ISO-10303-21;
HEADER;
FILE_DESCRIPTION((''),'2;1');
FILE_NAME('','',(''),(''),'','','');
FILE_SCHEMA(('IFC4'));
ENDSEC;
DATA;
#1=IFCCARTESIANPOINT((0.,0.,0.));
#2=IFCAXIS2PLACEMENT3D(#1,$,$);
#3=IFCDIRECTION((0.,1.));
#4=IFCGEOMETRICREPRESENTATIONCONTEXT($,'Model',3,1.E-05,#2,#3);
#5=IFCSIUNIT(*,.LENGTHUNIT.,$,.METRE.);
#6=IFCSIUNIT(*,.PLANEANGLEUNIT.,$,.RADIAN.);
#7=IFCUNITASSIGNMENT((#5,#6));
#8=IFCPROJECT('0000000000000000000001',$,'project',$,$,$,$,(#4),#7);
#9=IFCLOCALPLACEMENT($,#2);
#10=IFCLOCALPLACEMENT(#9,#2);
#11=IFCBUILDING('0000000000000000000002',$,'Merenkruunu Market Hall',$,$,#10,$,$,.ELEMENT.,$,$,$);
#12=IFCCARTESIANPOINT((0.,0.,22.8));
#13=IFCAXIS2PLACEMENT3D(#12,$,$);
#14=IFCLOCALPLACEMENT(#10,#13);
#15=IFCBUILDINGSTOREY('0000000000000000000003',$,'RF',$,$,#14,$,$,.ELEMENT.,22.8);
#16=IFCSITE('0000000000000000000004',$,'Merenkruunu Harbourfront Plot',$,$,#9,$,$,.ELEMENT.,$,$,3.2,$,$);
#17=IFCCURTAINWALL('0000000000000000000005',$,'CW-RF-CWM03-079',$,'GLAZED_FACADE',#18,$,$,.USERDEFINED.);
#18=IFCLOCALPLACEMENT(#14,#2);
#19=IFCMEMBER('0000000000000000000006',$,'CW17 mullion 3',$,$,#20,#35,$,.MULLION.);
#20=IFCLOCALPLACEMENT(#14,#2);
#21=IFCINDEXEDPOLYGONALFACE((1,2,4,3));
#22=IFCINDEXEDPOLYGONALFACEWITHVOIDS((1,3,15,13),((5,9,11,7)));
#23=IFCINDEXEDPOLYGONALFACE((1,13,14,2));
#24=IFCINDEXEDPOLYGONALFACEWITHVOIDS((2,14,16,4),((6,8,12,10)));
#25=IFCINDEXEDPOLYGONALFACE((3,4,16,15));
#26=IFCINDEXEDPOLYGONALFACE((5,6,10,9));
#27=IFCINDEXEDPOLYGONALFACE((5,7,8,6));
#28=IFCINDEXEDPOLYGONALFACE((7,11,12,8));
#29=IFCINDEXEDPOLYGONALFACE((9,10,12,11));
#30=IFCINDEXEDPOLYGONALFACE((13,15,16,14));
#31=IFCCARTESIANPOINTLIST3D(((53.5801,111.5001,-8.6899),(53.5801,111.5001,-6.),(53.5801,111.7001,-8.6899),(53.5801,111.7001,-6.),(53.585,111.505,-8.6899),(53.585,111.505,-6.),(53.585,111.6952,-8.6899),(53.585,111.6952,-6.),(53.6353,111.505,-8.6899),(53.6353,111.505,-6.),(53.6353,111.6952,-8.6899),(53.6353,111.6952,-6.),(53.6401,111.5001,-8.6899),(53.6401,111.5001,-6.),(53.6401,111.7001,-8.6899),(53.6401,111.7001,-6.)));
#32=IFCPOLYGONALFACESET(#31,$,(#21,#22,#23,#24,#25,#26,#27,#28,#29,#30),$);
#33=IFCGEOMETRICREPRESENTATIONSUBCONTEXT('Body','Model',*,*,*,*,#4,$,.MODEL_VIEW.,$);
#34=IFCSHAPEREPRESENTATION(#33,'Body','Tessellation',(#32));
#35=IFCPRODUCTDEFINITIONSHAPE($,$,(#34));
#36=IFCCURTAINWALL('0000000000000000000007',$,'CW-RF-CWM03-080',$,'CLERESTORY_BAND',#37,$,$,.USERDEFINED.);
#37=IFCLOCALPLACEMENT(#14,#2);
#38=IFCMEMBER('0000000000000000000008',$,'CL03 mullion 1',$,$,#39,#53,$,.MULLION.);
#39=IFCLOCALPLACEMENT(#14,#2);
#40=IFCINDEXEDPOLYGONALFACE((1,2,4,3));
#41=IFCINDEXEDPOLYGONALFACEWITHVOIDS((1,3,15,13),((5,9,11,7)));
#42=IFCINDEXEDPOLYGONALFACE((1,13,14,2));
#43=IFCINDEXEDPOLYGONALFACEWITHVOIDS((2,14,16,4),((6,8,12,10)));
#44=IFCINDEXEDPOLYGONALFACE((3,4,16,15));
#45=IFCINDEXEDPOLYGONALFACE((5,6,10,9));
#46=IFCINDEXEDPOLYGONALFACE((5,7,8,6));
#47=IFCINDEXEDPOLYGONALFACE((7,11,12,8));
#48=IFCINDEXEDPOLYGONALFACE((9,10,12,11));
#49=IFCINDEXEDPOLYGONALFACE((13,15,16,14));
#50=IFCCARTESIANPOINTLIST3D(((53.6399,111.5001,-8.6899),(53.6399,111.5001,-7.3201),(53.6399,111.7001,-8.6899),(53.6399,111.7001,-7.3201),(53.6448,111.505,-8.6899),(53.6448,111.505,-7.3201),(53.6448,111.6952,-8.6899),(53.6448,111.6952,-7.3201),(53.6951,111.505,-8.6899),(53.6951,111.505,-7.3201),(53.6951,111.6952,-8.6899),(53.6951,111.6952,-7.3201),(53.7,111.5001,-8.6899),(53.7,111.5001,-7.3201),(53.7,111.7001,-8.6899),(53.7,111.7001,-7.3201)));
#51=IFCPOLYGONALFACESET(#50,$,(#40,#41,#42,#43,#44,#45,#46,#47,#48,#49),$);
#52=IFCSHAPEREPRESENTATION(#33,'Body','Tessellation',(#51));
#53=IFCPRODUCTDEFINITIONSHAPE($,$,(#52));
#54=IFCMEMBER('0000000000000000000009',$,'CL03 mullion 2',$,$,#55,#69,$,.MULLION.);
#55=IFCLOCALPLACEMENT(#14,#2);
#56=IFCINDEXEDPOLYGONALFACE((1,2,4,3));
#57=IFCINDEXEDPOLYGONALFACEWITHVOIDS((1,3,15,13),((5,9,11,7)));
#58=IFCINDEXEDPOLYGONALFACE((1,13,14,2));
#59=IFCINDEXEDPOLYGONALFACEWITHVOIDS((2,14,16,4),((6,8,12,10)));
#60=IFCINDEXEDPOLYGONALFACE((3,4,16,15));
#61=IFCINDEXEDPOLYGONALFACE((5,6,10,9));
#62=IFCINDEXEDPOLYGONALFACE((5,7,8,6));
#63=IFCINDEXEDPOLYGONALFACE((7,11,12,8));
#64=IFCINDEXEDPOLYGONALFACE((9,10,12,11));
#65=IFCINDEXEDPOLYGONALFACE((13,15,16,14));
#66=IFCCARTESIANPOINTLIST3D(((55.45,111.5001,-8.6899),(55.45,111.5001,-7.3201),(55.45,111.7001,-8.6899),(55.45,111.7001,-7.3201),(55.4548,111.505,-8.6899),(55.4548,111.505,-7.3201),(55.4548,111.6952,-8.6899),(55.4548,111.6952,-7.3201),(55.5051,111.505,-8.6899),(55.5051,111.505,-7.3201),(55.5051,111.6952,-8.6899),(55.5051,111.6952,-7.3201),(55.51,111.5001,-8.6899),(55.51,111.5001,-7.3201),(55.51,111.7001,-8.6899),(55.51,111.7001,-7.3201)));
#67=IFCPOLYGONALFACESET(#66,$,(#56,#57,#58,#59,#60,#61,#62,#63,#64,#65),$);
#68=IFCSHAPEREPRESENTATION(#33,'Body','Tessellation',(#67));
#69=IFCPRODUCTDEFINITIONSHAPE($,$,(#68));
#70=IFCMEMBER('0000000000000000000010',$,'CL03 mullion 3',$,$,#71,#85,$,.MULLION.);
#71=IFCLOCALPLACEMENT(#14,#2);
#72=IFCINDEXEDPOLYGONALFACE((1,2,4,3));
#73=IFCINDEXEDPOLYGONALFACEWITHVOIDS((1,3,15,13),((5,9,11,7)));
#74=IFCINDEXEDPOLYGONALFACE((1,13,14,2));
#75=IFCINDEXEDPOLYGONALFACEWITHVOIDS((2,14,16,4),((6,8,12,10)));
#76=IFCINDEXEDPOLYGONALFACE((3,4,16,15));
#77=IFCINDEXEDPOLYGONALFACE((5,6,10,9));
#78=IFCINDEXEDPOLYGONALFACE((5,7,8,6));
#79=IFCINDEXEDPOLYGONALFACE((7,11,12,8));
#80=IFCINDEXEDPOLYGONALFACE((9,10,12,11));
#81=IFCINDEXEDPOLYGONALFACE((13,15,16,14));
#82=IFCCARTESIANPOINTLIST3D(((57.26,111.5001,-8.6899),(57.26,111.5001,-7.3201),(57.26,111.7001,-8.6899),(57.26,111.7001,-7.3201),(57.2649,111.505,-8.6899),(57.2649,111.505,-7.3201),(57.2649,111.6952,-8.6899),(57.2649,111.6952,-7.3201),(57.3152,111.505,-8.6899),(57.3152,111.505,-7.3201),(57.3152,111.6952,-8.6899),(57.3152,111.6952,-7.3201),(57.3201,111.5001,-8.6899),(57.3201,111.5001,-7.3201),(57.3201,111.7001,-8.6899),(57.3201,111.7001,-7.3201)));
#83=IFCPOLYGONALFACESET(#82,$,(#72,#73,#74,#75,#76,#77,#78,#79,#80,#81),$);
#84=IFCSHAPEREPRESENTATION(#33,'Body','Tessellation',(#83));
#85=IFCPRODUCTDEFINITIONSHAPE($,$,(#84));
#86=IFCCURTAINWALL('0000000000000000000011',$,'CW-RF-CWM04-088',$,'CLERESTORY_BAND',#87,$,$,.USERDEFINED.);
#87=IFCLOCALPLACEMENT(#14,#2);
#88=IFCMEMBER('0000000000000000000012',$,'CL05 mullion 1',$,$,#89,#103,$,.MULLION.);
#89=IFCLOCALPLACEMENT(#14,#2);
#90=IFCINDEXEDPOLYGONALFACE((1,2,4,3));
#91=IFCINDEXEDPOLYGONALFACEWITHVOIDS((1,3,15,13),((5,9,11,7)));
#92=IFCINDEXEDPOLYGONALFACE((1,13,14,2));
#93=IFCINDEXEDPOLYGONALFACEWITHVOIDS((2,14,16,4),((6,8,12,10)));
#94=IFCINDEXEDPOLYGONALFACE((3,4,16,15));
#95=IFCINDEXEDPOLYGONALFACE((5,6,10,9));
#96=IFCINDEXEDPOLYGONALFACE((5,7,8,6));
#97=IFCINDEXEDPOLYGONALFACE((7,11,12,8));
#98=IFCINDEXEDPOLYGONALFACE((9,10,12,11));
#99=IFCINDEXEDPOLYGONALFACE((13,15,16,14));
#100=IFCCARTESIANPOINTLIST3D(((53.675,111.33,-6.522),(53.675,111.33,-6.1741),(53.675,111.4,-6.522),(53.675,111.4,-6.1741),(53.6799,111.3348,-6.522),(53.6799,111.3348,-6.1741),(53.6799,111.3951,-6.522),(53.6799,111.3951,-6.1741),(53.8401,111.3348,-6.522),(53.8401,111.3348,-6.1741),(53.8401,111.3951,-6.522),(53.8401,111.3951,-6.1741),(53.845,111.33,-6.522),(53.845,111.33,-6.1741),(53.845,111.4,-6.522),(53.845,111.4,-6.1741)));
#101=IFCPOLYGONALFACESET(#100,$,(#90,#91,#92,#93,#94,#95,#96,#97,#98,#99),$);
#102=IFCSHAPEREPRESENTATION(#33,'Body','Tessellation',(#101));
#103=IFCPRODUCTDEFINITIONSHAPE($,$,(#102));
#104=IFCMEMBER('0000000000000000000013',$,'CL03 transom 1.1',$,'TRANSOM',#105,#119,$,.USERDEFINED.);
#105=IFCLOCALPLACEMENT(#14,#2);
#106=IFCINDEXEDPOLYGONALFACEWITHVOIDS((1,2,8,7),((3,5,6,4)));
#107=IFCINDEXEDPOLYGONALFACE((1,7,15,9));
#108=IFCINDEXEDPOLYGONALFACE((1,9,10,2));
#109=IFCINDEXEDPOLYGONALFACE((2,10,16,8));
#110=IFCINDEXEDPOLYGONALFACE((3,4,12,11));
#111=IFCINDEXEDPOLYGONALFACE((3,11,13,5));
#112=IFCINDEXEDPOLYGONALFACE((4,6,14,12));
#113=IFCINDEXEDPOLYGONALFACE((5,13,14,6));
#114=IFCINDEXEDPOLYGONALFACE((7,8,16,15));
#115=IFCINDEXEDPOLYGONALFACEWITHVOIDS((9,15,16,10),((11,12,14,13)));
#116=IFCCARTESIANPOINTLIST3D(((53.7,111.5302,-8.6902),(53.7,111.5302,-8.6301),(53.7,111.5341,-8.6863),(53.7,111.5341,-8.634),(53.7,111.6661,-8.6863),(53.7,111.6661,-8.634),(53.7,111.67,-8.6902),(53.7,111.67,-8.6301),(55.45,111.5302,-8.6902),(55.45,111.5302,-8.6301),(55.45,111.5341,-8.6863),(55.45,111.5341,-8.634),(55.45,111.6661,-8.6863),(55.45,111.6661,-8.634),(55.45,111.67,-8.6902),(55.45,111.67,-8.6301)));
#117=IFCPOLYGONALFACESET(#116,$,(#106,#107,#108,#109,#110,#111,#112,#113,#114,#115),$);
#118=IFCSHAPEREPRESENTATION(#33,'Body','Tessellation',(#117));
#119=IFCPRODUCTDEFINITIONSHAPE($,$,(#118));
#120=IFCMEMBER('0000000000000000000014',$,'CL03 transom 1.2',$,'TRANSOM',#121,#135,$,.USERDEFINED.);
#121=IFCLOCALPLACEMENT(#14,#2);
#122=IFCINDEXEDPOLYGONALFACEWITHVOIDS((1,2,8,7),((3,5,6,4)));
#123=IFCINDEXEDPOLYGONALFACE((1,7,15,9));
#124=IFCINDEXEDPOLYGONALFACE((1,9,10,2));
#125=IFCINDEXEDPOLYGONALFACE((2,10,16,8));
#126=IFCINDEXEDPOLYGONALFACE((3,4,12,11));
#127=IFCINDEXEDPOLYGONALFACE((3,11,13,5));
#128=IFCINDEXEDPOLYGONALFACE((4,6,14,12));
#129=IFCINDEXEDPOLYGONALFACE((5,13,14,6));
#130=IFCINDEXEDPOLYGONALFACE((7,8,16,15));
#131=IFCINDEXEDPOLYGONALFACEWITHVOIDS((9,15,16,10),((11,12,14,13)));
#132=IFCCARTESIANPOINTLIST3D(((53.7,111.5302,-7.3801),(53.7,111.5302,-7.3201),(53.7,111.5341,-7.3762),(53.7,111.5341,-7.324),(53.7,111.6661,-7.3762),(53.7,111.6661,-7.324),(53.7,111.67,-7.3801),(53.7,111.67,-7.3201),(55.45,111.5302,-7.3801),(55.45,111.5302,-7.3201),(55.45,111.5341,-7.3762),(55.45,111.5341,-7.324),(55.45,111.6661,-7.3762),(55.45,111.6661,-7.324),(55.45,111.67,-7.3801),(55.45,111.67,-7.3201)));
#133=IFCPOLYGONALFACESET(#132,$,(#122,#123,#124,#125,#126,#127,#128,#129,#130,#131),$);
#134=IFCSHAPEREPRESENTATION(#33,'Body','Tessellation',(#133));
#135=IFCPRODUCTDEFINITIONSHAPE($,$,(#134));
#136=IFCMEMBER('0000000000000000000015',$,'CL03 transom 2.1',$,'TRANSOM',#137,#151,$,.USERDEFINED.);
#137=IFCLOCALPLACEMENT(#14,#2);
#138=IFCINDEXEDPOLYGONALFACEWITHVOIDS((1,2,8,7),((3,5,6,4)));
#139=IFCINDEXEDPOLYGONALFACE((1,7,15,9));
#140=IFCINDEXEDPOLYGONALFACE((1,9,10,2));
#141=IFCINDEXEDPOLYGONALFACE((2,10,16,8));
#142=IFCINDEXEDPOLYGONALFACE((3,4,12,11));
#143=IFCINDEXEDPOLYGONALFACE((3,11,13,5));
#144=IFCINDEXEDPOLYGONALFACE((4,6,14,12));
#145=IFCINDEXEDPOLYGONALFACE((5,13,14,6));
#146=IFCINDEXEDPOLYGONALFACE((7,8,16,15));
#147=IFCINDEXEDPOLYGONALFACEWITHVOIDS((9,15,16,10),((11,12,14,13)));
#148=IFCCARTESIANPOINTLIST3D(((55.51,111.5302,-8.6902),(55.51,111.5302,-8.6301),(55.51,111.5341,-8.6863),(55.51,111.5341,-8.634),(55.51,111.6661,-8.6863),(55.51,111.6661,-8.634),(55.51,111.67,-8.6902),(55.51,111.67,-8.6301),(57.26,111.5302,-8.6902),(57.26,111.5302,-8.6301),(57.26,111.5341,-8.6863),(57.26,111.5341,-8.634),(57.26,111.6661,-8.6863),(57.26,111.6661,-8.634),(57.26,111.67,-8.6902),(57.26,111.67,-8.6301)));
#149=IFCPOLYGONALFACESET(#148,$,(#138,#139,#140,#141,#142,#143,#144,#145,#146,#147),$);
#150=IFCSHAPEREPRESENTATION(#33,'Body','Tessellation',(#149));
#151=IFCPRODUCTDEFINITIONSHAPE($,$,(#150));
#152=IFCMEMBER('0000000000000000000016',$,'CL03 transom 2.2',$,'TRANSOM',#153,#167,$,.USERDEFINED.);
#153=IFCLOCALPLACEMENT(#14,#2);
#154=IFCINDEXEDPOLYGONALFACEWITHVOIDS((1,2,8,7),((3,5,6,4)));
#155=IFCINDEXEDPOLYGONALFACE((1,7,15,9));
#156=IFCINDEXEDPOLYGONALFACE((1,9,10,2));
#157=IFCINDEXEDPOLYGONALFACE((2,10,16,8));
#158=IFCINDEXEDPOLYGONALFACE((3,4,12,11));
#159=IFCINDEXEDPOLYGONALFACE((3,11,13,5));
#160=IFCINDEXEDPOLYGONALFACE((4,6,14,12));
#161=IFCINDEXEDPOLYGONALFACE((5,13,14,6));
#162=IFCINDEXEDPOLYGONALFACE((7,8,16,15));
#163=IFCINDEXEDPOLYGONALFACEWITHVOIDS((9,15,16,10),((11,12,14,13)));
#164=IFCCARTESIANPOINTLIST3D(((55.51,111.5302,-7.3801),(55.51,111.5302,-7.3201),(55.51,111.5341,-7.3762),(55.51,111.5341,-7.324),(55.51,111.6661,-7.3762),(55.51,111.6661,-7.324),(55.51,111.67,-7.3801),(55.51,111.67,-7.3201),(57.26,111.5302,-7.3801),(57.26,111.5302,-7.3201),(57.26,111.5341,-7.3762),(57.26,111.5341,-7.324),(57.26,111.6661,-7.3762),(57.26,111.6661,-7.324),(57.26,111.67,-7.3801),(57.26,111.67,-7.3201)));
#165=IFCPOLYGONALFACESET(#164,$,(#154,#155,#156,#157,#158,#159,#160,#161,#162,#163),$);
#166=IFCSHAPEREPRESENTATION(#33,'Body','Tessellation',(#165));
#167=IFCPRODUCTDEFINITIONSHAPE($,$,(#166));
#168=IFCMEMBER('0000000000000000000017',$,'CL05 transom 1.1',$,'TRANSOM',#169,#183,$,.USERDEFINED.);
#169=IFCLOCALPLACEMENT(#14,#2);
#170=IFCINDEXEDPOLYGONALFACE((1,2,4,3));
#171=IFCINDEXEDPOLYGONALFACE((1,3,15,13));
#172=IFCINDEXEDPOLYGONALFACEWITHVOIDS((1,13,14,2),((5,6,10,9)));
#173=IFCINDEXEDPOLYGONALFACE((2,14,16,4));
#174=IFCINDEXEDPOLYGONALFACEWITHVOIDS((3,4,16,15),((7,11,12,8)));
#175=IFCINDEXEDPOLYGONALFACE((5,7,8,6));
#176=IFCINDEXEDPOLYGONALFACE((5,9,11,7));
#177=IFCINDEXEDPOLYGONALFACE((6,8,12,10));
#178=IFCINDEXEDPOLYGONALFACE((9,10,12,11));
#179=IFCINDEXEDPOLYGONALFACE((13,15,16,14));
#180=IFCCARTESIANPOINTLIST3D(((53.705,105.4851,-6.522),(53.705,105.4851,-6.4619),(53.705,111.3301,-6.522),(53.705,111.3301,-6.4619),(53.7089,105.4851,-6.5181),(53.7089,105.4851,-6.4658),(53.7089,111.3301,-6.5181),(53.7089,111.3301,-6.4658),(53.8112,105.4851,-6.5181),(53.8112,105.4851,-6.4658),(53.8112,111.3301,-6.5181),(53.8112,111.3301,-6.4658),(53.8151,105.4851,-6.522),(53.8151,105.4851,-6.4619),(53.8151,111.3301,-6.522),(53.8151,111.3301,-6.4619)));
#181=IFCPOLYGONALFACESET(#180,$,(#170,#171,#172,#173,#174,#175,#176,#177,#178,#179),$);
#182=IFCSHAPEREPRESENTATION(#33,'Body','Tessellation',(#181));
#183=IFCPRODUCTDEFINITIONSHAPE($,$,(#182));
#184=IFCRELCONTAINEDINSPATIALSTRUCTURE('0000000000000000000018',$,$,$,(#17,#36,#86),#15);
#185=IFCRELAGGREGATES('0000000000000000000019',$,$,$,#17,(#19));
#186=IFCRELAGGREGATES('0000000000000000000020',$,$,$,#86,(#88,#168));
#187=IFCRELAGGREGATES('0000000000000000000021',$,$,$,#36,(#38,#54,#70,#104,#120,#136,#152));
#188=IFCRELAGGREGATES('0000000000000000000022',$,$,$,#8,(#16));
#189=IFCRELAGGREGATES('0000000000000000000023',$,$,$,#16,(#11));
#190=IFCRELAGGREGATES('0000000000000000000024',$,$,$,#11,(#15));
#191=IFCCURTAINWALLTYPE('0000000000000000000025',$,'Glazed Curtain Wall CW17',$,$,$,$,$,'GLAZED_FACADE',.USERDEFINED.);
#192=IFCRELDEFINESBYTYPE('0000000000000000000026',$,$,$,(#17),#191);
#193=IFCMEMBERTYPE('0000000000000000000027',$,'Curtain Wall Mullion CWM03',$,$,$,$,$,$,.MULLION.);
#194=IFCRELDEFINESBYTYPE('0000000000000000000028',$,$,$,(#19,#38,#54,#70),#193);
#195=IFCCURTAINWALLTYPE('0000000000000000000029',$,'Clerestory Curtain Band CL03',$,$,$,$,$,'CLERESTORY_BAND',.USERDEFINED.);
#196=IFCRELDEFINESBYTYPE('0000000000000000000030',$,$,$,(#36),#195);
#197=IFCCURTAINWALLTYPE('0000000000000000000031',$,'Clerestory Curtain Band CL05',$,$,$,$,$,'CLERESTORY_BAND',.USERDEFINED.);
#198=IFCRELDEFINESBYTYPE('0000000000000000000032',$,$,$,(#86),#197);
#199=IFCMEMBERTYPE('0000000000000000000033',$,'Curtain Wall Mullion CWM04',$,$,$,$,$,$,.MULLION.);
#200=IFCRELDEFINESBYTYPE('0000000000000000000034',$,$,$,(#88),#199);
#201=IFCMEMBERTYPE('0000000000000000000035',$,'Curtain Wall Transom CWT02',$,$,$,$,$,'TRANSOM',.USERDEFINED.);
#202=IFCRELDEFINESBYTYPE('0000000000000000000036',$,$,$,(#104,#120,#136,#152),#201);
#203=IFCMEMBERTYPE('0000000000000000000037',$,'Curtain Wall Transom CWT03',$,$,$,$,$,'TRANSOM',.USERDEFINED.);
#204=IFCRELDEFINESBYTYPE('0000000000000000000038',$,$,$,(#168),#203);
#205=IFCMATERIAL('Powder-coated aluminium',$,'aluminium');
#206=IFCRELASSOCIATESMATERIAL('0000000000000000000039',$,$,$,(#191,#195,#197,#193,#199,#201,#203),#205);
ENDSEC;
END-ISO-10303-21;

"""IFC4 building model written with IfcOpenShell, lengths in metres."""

from ifc_helpers import new_model, si_unit, direction, frame, origin, origin_2d, place, context, subcontext, project, spatial, hollow_rectangle, extrude, material, material_profile, profile_set, type_object, element, aggregate, save


model = new_model("IFC4")

# Units and contexts
model_context = context("Model", 3, precision=1e-05, world=origin(), true_north=direction((0.0, 1.0)))
body_context = subcontext(model_context, "Body", "Model", "MODEL_VIEW")
ifc_project = project(units=[si_unit("LENGTHUNIT", "METRE"), si_unit("PLANEANGLEUNIT", "RADIAN")], contexts=[model_context])

# Site, building, storey
site_placement = place(None, origin())
site = spatial("IfcSite", under=ifc_project, at=site_placement, Name="Merenkruunu Harbourfront Plot", CompositionType="ELEMENT", RefElevation=3.2)
building_placement = place(site_placement, origin())
building = spatial("IfcBuilding", under=site, at=building_placement, Name="Merenkruunu Market Hall", CompositionType="ELEMENT")
storey_placement = place(building_placement, frame((0.0, 0.0, 22.8)))
storey = spatial("IfcBuildingStorey", under=building, at=storey_placement, Name="RF", CompositionType="ELEMENT", Elevation=22.8)

# Curtain wall, member
ifc_material_1 = material(Name="Powder-coated aluminium", Category="aluminium")
curtain_wall_type_1 = type_object("IfcCurtainWallType", Name="Glazed Curtain Wall CW17", ElementType="GLAZED_FACADE", PredefinedType="USERDEFINED", material=ifc_material_1)
curtain_wall_1_placement = place(storey_placement, origin())
curtain_wall_1 = element("IfcCurtainWall", 1, at=curtain_wall_1_placement, inside=storey, type_object=curtain_wall_type_1, Name="CW-RF-CWM03-079", ObjectType="GLAZED_FACADE", PredefinedType="USERDEFINED")
ifc_material_profile_1 = material_profile(ifc_material_1, hollow_rectangle(XDim=0.0601, YDim=0.2, WallThickness=0.0049, at=origin_2d()), Name="ALU 60x200x5")
ifc_profile_set_1 = profile_set([ifc_material_profile_1], Name="Powder-coated aluminium")
member_type_1 = type_object("IfcMemberType", Name="Curtain Wall Mullion CWM03", PredefinedType="MULLION", material=ifc_profile_set_1)
member_1_placement = place(storey_placement, frame((53.6101, 111.6001, -8.6899), z_axis=(0.0, 0.0, 1.0), x_axis=(1.0, 0.0, 0.0)))
member_1 = element("IfcMember", 2, at=member_1_placement, type_object=member_type_1, Name="CW17 mullion 3", PredefinedType="MULLION", context=body_context, shape_type="SweptSolid", body=[
    extrude(hollow_rectangle(XDim=0.0601, YDim=0.2, WallThickness=0.0049, at=origin_2d()), origin(), (0.0, 0.0, 1.0), 2.6899),
])
aggregate(curtain_wall_1, [member_1])

# Curtain wall, members
curtain_wall_type_2 = type_object("IfcCurtainWallType", Name="Clerestory Curtain Band CL03", ElementType="CLERESTORY_BAND", PredefinedType="USERDEFINED", material=ifc_material_1)
curtain_wall_2_placement = place(storey_placement, origin())
curtain_wall_2 = element("IfcCurtainWall", 3, at=curtain_wall_2_placement, inside=storey, type_object=curtain_wall_type_2, Name="CW-RF-CWM03-080", ObjectType="CLERESTORY_BAND", PredefinedType="USERDEFINED")
member_2_placement = place(storey_placement, frame((53.6699, 111.6001, -8.6899), z_axis=(0.0, 0.0, 1.0), x_axis=(1.0, 0.0, 0.0)))
member_2 = element("IfcMember", 4, at=member_2_placement, type_object=member_type_1, Name="CL03 mullion 1", PredefinedType="MULLION", context=body_context, shape_type="SweptSolid", body=[
    extrude(hollow_rectangle(XDim=0.0601, YDim=0.2, WallThickness=0.0049, at=origin_2d()), origin(), (0.0, 0.0, 1.0), 1.3699),
])
member_3_placement = place(storey_placement, frame((55.48, 111.6001, -8.6899), z_axis=(0.0, 0.0, 1.0), x_axis=(1.0, 0.0, 0.0)))
member_3 = element("IfcMember", 5, at=member_3_placement, type_object=member_type_1, Name="CL03 mullion 2", PredefinedType="MULLION", context=body_context, shape_type="SweptSolid", body=[
    extrude(hollow_rectangle(XDim=0.0601, YDim=0.2, WallThickness=0.0049, at=origin_2d()), origin(), (0.0, 0.0, 1.0), 1.3699),
])
member_4_placement = place(storey_placement, frame((57.29, 111.6001, -8.6899), z_axis=(0.0, 0.0, 1.0), x_axis=(1.0, 0.0, 0.0)))
member_4 = element("IfcMember", 6, at=member_4_placement, type_object=member_type_1, Name="CL03 mullion 3", PredefinedType="MULLION", context=body_context, shape_type="SweptSolid", body=[
    extrude(hollow_rectangle(XDim=0.0601, YDim=0.2, WallThickness=0.0049, at=origin_2d()), origin(), (0.0, 0.0, 1.0), 1.3699),
])

# Curtain wall, member
curtain_wall_type_3 = type_object("IfcCurtainWallType", Name="Clerestory Curtain Band CL05", ElementType="CLERESTORY_BAND", PredefinedType="USERDEFINED", material=ifc_material_1)
curtain_wall_3_placement = place(storey_placement, origin())
curtain_wall_3 = element("IfcCurtainWall", 7, at=curtain_wall_3_placement, inside=storey, type_object=curtain_wall_type_3, Name="CW-RF-CWM04-088", ObjectType="CLERESTORY_BAND", PredefinedType="USERDEFINED")
ifc_material_profile_2 = material_profile(ifc_material_1, hollow_rectangle(XDim=0.0701, YDim=0.1699, WallThickness=0.0049, at=origin_2d()), Name="ALU 70x170x5")
ifc_profile_set_2 = profile_set([ifc_material_profile_2], Name="Powder-coated aluminium")
member_type_2 = type_object("IfcMemberType", Name="Curtain Wall Mullion CWM04", PredefinedType="MULLION", material=ifc_profile_set_2)
member_5_placement = place(storey_placement, frame((53.76, 111.365, -6.522), z_axis=(0.0, 0.0, 1.0), x_axis=(0.0, -1.0, 0.0)))
member_5 = element("IfcMember", 8, at=member_5_placement, type_object=member_type_2, Name="CL05 mullion 1", PredefinedType="MULLION", context=body_context, shape_type="SweptSolid", body=[
    extrude(hollow_rectangle(XDim=0.0701, YDim=0.1699, WallThickness=0.0049, at=origin_2d()), origin(), (0.0, 0.0, 1.0), 0.3479),
])

# Members
ifc_material_profile_3 = material_profile(ifc_material_1, hollow_rectangle(XDim=0.0601, YDim=0.1399, WallThickness=0.0039, at=origin_2d()), Name="ALU 60x140x4")
ifc_profile_set_3 = profile_set([ifc_material_profile_3], Name="Powder-coated aluminium")
member_type_3 = type_object("IfcMemberType", Name="Curtain Wall Transom CWT02", ElementType="TRANSOM", PredefinedType="USERDEFINED", material=ifc_profile_set_3)
member_6_placement = place(storey_placement, frame((53.7, 111.6001, -8.6602), z_axis=(1.0, 0.0, 0.0), x_axis=(0.0, 0.0, 1.0)))
member_6 = element("IfcMember", 9, at=member_6_placement, type_object=member_type_3, Name="CL03 transom 1.1", ObjectType="TRANSOM", PredefinedType="USERDEFINED", context=body_context, shape_type="SweptSolid", body=[
    extrude(hollow_rectangle(XDim=0.0601, YDim=0.1399, WallThickness=0.0039, at=origin_2d()), origin(), (0.0, 0.0, 1.0), 1.75),
])
member_7_placement = place(storey_placement, frame((53.7, 111.6001, -7.3501), z_axis=(1.0, 0.0, 0.0), x_axis=(0.0, 0.0, 1.0)))
member_7 = element("IfcMember", 10, at=member_7_placement, type_object=member_type_3, Name="CL03 transom 1.2", ObjectType="TRANSOM", PredefinedType="USERDEFINED", context=body_context, shape_type="SweptSolid", body=[
    extrude(hollow_rectangle(XDim=0.0601, YDim=0.1399, WallThickness=0.0039, at=origin_2d()), origin(), (0.0, 0.0, 1.0), 1.75),
])
member_8_placement = place(storey_placement, frame((55.51, 111.6001, -8.6602), z_axis=(1.0, 0.0, 0.0), x_axis=(0.0, 0.0, 1.0)))
member_8 = element("IfcMember", 11, at=member_8_placement, type_object=member_type_3, Name="CL03 transom 2.1", ObjectType="TRANSOM", PredefinedType="USERDEFINED", context=body_context, shape_type="SweptSolid", body=[
    extrude(hollow_rectangle(XDim=0.0601, YDim=0.1399, WallThickness=0.0039, at=origin_2d()), origin(), (0.0, 0.0, 1.0), 1.75),
])
member_9_placement = place(storey_placement, frame((55.51, 111.6001, -7.3501), z_axis=(1.0, 0.0, 0.0), x_axis=(0.0, 0.0, 1.0)))
member_9 = element("IfcMember", 12, at=member_9_placement, type_object=member_type_3, Name="CL03 transom 2.2", ObjectType="TRANSOM", PredefinedType="USERDEFINED", context=body_context, shape_type="SweptSolid", body=[
    extrude(hollow_rectangle(XDim=0.0601, YDim=0.1399, WallThickness=0.0039, at=origin_2d()), origin(), (0.0, 0.0, 1.0), 1.75),
])
ifc_material_profile_4 = material_profile(ifc_material_1, hollow_rectangle(XDim=0.0601, YDim=0.1101, WallThickness=0.0039, at=origin_2d()), Name="ALU 60x110x4")
ifc_profile_set_4 = profile_set([ifc_material_profile_4], Name="Powder-coated aluminium")
member_type_4 = type_object("IfcMemberType", Name="Curtain Wall Transom CWT03", ElementType="TRANSOM", PredefinedType="USERDEFINED", material=ifc_profile_set_4)
member_10_placement = place(storey_placement, frame((53.76, 111.3301, -6.4919), z_axis=(0.0, -1.0, 0.0), x_axis=(0.0, 0.0, 1.0)))
member_10 = element("IfcMember", 13, at=member_10_placement, type_object=member_type_4, Name="CL05 transom 1.1", ObjectType="TRANSOM", PredefinedType="USERDEFINED", context=body_context, shape_type="SweptSolid", body=[
    extrude(hollow_rectangle(XDim=0.0601, YDim=0.1101, WallThickness=0.0039, at=origin_2d()), origin(), (0.0, 0.0, 1.0), 5.845),
])
aggregate(curtain_wall_3, [member_5, member_10])

aggregate(curtain_wall_2, [member_2, member_3, member_4, member_6, member_7, member_8, member_9])

save(model, "model.ifc")
